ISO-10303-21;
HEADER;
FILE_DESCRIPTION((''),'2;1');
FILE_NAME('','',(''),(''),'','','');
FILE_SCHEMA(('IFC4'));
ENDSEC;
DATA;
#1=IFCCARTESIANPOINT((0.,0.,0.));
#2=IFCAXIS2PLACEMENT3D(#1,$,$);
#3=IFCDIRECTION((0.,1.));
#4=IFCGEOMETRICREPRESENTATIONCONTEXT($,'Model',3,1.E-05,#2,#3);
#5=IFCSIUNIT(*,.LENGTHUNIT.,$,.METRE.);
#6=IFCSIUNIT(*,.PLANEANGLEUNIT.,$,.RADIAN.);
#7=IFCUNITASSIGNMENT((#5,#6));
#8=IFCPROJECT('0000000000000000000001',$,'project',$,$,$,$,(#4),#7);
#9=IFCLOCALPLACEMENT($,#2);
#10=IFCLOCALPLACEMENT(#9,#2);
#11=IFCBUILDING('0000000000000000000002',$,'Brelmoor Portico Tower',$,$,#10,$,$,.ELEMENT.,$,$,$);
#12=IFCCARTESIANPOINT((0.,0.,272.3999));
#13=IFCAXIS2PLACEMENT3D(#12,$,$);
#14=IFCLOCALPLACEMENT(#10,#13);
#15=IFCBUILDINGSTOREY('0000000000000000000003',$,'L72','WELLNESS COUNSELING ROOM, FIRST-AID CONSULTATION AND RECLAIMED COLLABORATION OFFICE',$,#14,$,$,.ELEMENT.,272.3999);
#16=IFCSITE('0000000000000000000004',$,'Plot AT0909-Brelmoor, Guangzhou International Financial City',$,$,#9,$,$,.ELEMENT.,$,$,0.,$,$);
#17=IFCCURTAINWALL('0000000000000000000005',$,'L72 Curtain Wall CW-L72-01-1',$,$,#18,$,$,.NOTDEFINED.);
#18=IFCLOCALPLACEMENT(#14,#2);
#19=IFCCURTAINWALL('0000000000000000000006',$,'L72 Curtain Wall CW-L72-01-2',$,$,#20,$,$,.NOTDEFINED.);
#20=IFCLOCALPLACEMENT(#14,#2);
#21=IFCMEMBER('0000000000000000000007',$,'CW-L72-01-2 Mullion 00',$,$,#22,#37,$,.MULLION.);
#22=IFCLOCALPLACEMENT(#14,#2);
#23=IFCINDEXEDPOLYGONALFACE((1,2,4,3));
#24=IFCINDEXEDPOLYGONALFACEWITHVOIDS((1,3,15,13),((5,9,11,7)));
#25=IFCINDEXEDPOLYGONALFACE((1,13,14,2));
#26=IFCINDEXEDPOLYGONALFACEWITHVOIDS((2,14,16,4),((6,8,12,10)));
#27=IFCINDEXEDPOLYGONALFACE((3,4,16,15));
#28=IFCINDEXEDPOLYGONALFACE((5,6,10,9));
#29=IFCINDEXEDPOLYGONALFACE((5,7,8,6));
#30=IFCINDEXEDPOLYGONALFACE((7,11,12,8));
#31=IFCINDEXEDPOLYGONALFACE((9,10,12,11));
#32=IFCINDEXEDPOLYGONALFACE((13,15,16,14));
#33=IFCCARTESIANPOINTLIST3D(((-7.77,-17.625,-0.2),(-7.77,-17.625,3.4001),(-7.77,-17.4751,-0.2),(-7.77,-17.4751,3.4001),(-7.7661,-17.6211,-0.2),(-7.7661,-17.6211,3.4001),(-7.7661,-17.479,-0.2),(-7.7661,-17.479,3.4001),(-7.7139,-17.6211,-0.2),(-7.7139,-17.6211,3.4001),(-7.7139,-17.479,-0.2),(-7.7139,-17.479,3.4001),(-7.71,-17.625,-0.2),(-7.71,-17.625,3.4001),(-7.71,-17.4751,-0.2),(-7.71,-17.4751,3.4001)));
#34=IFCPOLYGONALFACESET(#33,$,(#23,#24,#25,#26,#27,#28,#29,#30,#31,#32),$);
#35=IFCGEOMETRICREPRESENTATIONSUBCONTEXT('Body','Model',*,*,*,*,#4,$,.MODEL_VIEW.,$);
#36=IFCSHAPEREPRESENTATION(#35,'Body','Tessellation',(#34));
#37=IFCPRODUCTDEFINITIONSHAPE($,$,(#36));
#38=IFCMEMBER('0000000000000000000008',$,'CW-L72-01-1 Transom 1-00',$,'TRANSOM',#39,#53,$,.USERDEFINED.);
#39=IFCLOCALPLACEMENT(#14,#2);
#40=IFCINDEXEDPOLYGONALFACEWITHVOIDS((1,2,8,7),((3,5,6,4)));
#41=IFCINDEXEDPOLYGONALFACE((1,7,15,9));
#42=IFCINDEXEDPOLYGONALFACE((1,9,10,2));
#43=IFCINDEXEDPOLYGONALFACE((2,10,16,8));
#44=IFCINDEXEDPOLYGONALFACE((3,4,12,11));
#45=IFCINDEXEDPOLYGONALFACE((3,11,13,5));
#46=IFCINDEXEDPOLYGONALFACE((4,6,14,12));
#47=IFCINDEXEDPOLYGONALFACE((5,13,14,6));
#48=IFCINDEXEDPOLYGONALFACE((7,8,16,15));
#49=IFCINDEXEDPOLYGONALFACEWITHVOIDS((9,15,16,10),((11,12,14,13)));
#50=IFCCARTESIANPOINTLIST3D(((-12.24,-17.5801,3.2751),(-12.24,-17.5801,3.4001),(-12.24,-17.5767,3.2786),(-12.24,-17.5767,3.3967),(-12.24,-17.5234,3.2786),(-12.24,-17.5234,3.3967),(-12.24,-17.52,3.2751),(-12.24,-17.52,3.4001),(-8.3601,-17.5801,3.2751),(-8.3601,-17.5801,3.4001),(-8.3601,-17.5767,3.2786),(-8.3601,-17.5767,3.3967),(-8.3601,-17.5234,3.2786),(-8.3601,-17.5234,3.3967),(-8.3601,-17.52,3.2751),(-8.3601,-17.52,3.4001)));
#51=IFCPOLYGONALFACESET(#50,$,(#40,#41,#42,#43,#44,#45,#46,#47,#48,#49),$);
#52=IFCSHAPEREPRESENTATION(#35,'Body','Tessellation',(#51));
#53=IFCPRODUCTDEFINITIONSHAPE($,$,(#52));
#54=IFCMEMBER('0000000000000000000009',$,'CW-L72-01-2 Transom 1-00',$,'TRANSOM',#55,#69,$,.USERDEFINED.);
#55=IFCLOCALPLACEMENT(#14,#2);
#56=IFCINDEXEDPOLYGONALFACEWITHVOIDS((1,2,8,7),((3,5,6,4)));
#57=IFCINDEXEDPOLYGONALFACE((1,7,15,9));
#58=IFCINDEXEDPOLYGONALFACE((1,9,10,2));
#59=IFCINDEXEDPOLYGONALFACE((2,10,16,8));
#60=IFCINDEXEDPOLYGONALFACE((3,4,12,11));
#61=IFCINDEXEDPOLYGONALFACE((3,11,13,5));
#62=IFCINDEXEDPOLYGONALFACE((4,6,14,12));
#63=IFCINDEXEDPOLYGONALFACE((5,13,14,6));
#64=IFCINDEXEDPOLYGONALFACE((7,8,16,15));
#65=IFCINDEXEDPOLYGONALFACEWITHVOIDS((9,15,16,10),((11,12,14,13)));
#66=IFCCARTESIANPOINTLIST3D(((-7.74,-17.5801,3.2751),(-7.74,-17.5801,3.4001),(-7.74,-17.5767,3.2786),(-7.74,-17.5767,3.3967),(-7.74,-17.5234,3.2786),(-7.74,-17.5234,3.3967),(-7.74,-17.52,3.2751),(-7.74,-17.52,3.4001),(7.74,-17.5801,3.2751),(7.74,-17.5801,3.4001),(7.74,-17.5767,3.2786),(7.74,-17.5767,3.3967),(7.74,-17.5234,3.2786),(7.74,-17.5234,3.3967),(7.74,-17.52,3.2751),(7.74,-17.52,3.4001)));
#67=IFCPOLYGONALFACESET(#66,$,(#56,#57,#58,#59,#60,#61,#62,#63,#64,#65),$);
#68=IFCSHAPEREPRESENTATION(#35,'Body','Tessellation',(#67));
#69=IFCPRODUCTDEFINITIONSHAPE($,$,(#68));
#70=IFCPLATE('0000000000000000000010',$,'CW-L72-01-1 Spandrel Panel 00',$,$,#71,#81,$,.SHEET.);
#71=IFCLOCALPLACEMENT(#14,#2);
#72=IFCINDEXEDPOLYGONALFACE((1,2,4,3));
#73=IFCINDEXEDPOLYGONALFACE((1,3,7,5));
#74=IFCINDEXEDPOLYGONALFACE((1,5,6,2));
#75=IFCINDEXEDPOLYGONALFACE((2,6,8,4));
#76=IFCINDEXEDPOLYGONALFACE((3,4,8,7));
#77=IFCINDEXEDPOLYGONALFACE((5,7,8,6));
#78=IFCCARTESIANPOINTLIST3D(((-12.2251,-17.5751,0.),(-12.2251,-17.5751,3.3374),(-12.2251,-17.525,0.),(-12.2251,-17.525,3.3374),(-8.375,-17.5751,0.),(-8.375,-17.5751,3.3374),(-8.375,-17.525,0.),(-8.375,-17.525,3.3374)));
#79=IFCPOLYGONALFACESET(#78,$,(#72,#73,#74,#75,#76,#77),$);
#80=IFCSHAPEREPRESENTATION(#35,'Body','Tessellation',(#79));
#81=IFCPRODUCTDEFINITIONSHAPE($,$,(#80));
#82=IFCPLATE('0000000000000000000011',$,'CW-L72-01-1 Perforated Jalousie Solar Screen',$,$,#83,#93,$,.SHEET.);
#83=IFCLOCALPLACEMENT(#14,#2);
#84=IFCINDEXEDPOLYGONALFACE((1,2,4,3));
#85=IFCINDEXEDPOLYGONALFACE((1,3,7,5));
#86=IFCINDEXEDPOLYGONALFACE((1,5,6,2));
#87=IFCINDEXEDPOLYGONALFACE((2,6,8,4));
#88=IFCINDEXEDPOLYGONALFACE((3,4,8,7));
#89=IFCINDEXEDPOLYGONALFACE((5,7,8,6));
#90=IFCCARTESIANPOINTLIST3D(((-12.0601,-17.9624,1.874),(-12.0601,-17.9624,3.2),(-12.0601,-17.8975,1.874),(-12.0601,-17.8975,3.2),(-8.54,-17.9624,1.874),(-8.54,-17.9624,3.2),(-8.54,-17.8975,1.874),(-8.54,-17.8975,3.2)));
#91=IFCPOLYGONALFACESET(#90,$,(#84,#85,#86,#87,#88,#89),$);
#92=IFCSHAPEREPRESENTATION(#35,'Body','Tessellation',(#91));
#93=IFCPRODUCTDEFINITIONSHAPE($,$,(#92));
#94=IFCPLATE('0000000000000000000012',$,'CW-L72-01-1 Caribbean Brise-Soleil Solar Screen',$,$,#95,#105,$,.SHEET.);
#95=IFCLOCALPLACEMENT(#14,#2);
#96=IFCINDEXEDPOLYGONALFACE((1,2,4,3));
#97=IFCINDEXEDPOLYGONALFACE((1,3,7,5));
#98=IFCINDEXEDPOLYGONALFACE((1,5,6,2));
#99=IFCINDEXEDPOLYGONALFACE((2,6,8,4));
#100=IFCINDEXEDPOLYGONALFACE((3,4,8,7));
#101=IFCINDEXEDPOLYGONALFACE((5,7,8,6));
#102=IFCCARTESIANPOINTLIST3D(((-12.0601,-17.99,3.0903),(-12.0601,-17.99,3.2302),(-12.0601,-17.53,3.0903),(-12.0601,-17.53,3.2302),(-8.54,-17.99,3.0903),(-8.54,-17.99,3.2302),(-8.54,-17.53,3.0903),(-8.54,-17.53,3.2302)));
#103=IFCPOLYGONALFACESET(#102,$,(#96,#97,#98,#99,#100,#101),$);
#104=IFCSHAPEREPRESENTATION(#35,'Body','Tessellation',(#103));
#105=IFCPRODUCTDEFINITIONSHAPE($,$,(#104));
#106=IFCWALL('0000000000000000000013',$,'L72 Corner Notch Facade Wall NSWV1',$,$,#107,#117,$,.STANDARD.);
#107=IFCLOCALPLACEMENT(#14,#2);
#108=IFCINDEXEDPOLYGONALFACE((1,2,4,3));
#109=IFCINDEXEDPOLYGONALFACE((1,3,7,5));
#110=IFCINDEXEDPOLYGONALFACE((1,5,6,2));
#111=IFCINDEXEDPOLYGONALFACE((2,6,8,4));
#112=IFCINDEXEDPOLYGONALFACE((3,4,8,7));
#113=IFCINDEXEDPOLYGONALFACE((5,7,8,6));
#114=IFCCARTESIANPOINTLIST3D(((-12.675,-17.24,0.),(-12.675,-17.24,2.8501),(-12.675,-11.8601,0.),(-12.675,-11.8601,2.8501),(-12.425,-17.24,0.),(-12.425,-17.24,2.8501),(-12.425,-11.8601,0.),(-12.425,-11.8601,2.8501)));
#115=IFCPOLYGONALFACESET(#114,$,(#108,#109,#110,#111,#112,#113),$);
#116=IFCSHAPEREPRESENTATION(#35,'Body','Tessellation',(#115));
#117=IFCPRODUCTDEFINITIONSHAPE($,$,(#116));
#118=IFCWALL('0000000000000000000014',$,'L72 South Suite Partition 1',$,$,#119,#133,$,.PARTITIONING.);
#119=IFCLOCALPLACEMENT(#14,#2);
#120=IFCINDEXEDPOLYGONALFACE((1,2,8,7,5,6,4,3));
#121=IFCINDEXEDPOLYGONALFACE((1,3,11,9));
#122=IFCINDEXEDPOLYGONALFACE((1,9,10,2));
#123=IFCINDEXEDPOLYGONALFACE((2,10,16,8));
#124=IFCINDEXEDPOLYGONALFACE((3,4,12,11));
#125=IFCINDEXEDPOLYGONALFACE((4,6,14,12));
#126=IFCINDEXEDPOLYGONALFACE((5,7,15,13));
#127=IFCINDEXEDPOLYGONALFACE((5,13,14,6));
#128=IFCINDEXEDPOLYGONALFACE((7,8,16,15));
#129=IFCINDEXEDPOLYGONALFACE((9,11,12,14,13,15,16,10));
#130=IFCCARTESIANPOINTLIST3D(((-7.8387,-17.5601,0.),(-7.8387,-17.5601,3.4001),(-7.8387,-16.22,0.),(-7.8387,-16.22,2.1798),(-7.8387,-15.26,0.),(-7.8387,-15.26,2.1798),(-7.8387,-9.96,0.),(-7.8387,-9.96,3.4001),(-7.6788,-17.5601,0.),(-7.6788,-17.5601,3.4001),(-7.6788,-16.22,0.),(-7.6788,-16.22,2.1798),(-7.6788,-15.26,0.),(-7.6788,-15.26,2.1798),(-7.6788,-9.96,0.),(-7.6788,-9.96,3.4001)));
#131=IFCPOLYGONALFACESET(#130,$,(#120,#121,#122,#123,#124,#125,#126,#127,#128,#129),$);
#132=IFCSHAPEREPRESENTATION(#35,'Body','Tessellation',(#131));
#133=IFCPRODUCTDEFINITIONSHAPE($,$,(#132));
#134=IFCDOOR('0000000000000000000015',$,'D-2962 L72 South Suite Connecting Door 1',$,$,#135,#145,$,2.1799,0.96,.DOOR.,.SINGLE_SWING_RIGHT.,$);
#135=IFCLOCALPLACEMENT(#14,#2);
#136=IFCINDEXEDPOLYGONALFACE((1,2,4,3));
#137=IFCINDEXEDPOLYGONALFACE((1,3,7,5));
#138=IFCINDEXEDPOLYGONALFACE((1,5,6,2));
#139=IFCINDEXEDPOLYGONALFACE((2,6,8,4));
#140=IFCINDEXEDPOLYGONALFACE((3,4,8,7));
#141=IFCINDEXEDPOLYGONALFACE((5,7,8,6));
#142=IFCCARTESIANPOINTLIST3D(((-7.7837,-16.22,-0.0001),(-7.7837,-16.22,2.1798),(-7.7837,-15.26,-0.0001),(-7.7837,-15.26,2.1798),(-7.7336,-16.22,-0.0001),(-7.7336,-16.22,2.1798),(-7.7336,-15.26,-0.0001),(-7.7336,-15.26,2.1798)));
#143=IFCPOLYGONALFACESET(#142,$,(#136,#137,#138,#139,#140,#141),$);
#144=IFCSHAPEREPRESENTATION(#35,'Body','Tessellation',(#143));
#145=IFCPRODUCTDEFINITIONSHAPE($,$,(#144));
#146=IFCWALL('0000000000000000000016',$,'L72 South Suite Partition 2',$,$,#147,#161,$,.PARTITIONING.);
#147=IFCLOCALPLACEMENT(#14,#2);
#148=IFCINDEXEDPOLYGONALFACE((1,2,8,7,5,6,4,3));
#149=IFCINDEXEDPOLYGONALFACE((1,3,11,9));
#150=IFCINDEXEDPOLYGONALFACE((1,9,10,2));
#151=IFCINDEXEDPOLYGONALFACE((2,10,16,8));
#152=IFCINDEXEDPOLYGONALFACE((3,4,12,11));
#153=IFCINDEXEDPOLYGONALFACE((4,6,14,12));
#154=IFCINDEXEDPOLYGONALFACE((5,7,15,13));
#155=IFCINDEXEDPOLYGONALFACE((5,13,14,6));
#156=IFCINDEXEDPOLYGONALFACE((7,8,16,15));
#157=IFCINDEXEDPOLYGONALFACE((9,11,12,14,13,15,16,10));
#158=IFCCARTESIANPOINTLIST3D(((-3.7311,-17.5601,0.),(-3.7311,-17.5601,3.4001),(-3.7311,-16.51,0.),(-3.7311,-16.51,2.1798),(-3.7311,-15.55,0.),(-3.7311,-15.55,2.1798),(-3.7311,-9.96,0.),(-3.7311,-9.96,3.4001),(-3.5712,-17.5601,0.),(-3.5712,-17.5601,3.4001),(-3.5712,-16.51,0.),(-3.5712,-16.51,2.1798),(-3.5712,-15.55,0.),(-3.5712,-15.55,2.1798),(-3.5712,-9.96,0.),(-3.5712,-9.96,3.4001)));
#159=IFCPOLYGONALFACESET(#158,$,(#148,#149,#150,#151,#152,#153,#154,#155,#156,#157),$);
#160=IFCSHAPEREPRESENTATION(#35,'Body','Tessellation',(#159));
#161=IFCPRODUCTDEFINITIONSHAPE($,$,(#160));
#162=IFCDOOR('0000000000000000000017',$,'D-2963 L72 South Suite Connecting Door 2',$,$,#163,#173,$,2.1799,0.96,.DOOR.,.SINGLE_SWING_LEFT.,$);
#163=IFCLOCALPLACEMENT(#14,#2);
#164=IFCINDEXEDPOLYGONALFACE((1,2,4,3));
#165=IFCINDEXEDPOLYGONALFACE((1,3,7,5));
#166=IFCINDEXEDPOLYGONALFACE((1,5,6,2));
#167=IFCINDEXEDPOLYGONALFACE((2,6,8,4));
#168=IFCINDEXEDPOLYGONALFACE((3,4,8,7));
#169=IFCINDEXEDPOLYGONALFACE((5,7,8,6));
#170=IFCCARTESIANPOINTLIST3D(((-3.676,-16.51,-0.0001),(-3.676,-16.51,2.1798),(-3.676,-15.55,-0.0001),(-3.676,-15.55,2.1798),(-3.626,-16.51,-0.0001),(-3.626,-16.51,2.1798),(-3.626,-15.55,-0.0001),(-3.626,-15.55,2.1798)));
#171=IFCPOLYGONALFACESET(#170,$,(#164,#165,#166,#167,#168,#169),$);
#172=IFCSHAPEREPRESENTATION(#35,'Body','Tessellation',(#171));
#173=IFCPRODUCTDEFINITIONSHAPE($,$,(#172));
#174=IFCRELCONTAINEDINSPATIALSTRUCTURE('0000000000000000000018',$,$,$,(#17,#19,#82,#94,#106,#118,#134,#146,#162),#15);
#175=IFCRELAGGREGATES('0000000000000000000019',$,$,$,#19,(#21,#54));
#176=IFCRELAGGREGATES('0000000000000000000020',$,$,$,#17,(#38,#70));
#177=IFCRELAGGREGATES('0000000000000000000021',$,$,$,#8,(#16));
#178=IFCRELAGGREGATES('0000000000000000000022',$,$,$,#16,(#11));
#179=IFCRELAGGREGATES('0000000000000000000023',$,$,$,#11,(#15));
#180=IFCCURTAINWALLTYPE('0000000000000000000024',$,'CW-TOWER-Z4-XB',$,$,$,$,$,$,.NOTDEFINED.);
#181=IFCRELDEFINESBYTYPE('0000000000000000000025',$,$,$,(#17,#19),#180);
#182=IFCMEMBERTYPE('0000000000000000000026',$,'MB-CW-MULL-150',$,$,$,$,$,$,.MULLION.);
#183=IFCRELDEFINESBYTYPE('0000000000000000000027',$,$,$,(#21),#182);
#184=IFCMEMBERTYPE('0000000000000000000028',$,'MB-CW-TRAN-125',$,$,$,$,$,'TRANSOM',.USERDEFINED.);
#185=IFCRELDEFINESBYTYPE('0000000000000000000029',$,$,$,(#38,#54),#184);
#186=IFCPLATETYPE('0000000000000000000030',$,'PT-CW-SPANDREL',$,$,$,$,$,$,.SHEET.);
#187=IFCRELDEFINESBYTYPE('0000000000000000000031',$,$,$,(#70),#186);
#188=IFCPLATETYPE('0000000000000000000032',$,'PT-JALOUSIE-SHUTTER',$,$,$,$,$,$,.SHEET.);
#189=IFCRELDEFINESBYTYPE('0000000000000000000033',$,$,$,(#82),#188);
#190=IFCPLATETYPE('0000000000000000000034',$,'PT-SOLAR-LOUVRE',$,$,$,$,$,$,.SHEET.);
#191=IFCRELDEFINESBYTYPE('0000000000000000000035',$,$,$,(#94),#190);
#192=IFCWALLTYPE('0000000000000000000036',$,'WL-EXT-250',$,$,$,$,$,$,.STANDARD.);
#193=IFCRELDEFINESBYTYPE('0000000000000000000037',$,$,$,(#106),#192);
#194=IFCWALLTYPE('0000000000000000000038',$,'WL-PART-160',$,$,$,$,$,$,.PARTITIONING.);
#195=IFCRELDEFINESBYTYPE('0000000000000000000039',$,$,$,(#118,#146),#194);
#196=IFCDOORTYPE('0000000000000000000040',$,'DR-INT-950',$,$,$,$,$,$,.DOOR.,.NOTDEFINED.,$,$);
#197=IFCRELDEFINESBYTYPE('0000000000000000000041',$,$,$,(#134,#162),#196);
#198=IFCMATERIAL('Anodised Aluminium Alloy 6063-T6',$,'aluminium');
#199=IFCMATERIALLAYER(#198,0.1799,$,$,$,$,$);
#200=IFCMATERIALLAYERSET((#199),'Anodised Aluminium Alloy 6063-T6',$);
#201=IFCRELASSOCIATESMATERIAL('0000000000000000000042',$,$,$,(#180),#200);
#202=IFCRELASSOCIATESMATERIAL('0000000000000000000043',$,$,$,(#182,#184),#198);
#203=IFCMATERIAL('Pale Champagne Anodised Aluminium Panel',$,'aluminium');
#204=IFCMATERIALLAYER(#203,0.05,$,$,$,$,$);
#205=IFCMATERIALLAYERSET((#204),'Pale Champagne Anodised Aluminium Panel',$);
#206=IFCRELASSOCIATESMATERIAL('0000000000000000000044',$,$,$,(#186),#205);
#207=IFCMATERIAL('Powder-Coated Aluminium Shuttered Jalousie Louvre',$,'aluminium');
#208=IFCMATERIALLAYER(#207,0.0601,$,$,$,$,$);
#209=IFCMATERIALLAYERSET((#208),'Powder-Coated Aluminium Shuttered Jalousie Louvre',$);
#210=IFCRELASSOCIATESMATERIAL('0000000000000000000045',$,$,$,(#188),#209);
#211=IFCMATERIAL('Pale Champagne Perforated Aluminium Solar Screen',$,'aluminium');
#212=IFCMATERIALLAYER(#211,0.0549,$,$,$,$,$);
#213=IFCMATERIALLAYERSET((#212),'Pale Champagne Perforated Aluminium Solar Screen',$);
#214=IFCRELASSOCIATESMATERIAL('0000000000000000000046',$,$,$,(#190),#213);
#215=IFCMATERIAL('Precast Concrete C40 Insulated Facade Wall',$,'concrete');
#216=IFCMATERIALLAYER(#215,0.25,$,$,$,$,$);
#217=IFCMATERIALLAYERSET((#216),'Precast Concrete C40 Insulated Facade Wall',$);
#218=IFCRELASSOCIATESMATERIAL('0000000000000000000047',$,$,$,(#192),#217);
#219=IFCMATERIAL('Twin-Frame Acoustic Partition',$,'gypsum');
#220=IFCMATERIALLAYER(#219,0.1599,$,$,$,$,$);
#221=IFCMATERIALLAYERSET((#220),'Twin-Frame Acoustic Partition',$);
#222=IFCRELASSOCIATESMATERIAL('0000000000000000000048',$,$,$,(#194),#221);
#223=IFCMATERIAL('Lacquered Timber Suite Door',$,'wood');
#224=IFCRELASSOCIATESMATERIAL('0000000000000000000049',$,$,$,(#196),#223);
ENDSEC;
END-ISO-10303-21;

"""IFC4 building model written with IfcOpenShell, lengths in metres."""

from ifc_helpers import new_model, si_unit, direction, frame, frame_2d, origin, origin_2d, place, context, subcontext, project, spatial, rectangle, hollow_rectangle, extrude, material, layer, layer_set, material_profile, profile_set, type_object, element, fill, aggregate, save


model = new_model("IFC4")

# Units and contexts
model_context = context("Model", 3, precision=1e-05, world=origin(), true_north=direction((0.0, 1.0)))
body_context = subcontext(model_context, "Body", "Model", "MODEL_VIEW")
ifc_project = project(units=[si_unit("LENGTHUNIT", "METRE"), si_unit("PLANEANGLEUNIT", "RADIAN")], contexts=[model_context])

# Site, building, storey
site_placement = place(None, origin())
site = spatial("IfcSite", under=ifc_project, at=site_placement, Name="Plot AT0909-Brelmoor, Guangzhou International Financial City", CompositionType="ELEMENT", RefElevation=0.0)
building_placement = place(site_placement, origin())
building = spatial("IfcBuilding", under=site, at=building_placement, Name="Brelmoor Portico Tower", CompositionType="ELEMENT")
storey_placement = place(building_placement, frame((0.0, 0.0, 272.3999)))
storey = spatial("IfcBuildingStorey", under=building, at=storey_placement, Name="L72", Description="WELLNESS COUNSELING ROOM, FIRST-AID CONSULTATION AND RECLAIMED COLLABORATION OFFICE", CompositionType="ELEMENT", Elevation=272.3999)

# Curtain wall
ifc_material_1 = material(Name="Anodised Aluminium Alloy 6063-T6", Category="aluminium")
ifc_layer_1 = layer(ifc_material_1, 0.1799)
ifc_layer_set_1 = layer_set([ifc_layer_1], Name="Anodised Aluminium Alloy 6063-T6")
curtain_wall_type = type_object("IfcCurtainWallType", Name="CW-TOWER-Z4-XB", PredefinedType="NOTDEFINED", material=ifc_layer_set_1)
curtain_wall_1_placement = place(storey_placement, origin())
curtain_wall_1 = element("IfcCurtainWall", 1, at=curtain_wall_1_placement, inside=storey, type_object=curtain_wall_type, Name="L72 Curtain Wall CW-L72-01-1", PredefinedType="NOTDEFINED")
ifc_material_profile_1 = material_profile(ifc_material_1, hollow_rectangle(XDim=0.0601, YDim=0.1499, WallThickness=0.0039, at=origin_2d()), Name="ALU MULLION 60x150")
ifc_profile_set_1 = profile_set([ifc_material_profile_1], Name="Anodised Aluminium Alloy 6063-T6")
member_type_1 = type_object("IfcMemberType", Name="MB-CW-MULL-150", PredefinedType="MULLION", material=ifc_profile_set_1)

# Curtain wall, member
curtain_wall_2_placement = place(storey_placement, origin())
curtain_wall_2 = element("IfcCurtainWall", 2, at=curtain_wall_2_placement, inside=storey, type_object=curtain_wall_type, Name="L72 Curtain Wall CW-L72-01-2", PredefinedType="NOTDEFINED")
member_1_placement = place(storey_placement, frame((-7.74, -17.55, -0.2), z_axis=(0.0, 0.0, 1.0), x_axis=(1.0, 0.0, 0.0)))
member_1 = element("IfcMember", 3, at=member_1_placement, type_object=member_type_1, Name="CW-L72-01-2 Mullion 00", PredefinedType="MULLION", context=body_context, shape_type="SweptSolid", body=[
    extrude(hollow_rectangle(XDim=0.0601, YDim=0.1499, WallThickness=0.0039, at=origin_2d()), origin(), (0.0, 0.0, 1.0), 3.6001),
])

# Members
ifc_material_profile_2 = material_profile(ifc_material_1, hollow_rectangle(XDim=0.0601, YDim=0.125, WallThickness=0.0034, at=origin_2d()), Name="ALU TRANSOM 60x125")
ifc_profile_set_2 = profile_set([ifc_material_profile_2], Name="Anodised Aluminium Alloy 6063-T6")
member_type_2 = type_object("IfcMemberType", Name="MB-CW-TRAN-125", ElementType="TRANSOM", PredefinedType="USERDEFINED", material=ifc_profile_set_2)
member_2_placement = place(storey_placement, frame((-12.24, -17.55, 3.3376), z_axis=(1.0, 0.0, 0.0), x_axis=(0.0, 1.0, 0.0)))
member_2 = element("IfcMember", 4, at=member_2_placement, type_object=member_type_2, Name="CW-L72-01-1 Transom 1-00", ObjectType="TRANSOM", PredefinedType="USERDEFINED", context=body_context, shape_type="SweptSolid", body=[
    extrude(hollow_rectangle(XDim=0.0601, YDim=0.125, WallThickness=0.0034, at=origin_2d()), origin(), (0.0, 0.0, 1.0), 3.8799),
])
member_3_placement = place(storey_placement, frame((-7.74, -17.55, 3.3376), z_axis=(1.0, 0.0, 0.0), x_axis=(0.0, 1.0, 0.0)))
member_3 = element("IfcMember", 5, at=member_3_placement, type_object=member_type_2, Name="CW-L72-01-2 Transom 1-00", ObjectType="TRANSOM", PredefinedType="USERDEFINED", context=body_context, shape_type="SweptSolid", body=[
    extrude(hollow_rectangle(XDim=0.0601, YDim=0.125, WallThickness=0.0034, at=origin_2d()), origin(), (0.0, 0.0, 1.0), 15.48),
])
aggregate(curtain_wall_2, [member_1, member_3])

# Plate
ifc_material_2 = material(Name="Pale Champagne Anodised Aluminium Panel", Category="aluminium")
ifc_layer_2 = layer(ifc_material_2, 0.05)
ifc_layer_set_2 = layer_set([ifc_layer_2], Name="Pale Champagne Anodised Aluminium Panel")
plate_type_1 = type_object("IfcPlateType", Name="PT-CW-SPANDREL", PredefinedType="SHEET", material=ifc_layer_set_2)
plate_1_placement = place(storey_placement, frame((-10.3, -17.55, 0.0), z_axis=(0.0, 0.0, 1.0), x_axis=(1.0, 0.0, 0.0)))
plate_1 = element("IfcPlate", 6, at=plate_1_placement, type_object=plate_type_1, Name="CW-L72-01-1 Spandrel Panel 00", PredefinedType="SHEET", context=body_context, shape_type="SweptSolid", body=[
    extrude(rectangle(XDim=3.8501, YDim=0.05, at=origin_2d()), origin(), (0.0, 0.0, 1.0), 3.3374),
])
aggregate(curtain_wall_1, [member_2, plate_1])

# Plates
ifc_material_3 = material(Name="Powder-Coated Aluminium Shuttered Jalousie Louvre", Category="aluminium")
ifc_layer_3 = layer(ifc_material_3, 0.0601)
ifc_layer_set_3 = layer_set([ifc_layer_3], Name="Powder-Coated Aluminium Shuttered Jalousie Louvre")
plate_type_2 = type_object("IfcPlateType", Name="PT-JALOUSIE-SHUTTER", PredefinedType="SHEET", material=ifc_layer_set_3)
plate_2_placement = place(storey_placement, frame((-10.3, -17.9299, 1.874), z_axis=(0.0, 0.0, 1.0), x_axis=(1.0, 0.0, 0.0)))
element("IfcPlate", 7, at=plate_2_placement, inside=storey, type_object=plate_type_2, Name="CW-L72-01-1 Perforated Jalousie Solar Screen", PredefinedType="SHEET", context=body_context, shape_type="SweptSolid", body=[
    extrude(rectangle(XDim=3.52, YDim=0.0649, at=origin_2d()), origin(), (0.0, 0.0, 1.0), 1.3259),
])
ifc_material_4 = material(Name="Pale Champagne Perforated Aluminium Solar Screen", Category="aluminium")
ifc_layer_4 = layer(ifc_material_4, 0.0549)
ifc_layer_set_4 = layer_set([ifc_layer_4], Name="Pale Champagne Perforated Aluminium Solar Screen")
plate_type_3 = type_object("IfcPlateType", Name="PT-SOLAR-LOUVRE", PredefinedType="SHEET", material=ifc_layer_set_4)
plate_3_placement = place(storey_placement, frame((-10.3, -17.76, 3.0903), z_axis=(0.0, 0.0, 1.0), x_axis=(1.0, 0.0, 0.0)))
element("IfcPlate", 8, at=plate_3_placement, inside=storey, type_object=plate_type_3, Name="CW-L72-01-1 Caribbean Brise-Soleil Solar Screen", PredefinedType="SHEET", context=body_context, shape_type="SweptSolid", body=[
    extrude(rectangle(XDim=3.52, YDim=0.46, at=origin_2d()), origin(), (0.0, 0.0, 1.0), 0.1399),
])

# Wall
ifc_material_5 = material(Name="Precast Concrete C40 Insulated Facade Wall", Category="concrete")
ifc_layer_5 = layer(ifc_material_5, 0.25)
ifc_layer_set_5 = layer_set([ifc_layer_5], Name="Precast Concrete C40 Insulated Facade Wall")
wall_type_1 = type_object("IfcWallType", Name="WL-EXT-250", PredefinedType="STANDARD", material=ifc_layer_set_5)
wall_1_placement = place(storey_placement, frame((-12.55, -17.24, 0.0), z_axis=(0.0, 0.0, 1.0), x_axis=(0.0, 1.0, 0.0)))
element("IfcWall", 9, at=wall_1_placement, inside=storey, type_object=wall_type_1, Name="L72 Corner Notch Facade Wall NSWV1", PredefinedType="STANDARD", context=body_context, shape_type="SweptSolid", body=[
    extrude(rectangle(XDim=5.3799, YDim=0.25, at=frame_2d((2.6899, 0.0))), origin(), (0.0, 0.0, 1.0), 2.8501),
])

# Walls, openings, doors
ifc_material_6 = material(Name="Twin-Frame Acoustic Partition", Category="gypsum")
ifc_layer_6 = layer(ifc_material_6, 0.1599)
ifc_layer_set_6 = layer_set([ifc_layer_6], Name="Twin-Frame Acoustic Partition")
wall_type_2 = type_object("IfcWallType", Name="WL-PART-160", PredefinedType="PARTITIONING", material=ifc_layer_set_6)
wall_2_placement = place(storey_placement, frame((-7.7588, -17.5601, 0.0), z_axis=(0.0, 0.0, 1.0), x_axis=(0.0, 1.0, 0.0)))
wall_2 = element("IfcWall", 10, at=wall_2_placement, inside=storey, type_object=wall_type_2, Name="L72 South Suite Partition 1", PredefinedType="PARTITIONING", context=body_context, shape_type="SweptSolid", body=[
    extrude(rectangle(XDim=7.6001, YDim=0.1599, at=frame_2d((3.8, 0.0))), origin(), (0.0, 0.0, 1.0), 3.4001),
])
opening_1_placement = place(wall_2_placement, frame((1.3401, 0.0, 0.0)))
opening_1 = element("IfcOpeningElement", 11, at=opening_1_placement, cuts=wall_2, PredefinedType="OPENING", context=body_context, shape_type="SweptSolid", body=[
    extrude(rectangle(XDim=0.96, YDim=2.1799, at=frame_2d((0.48, 1.0898))), frame((0.0, 0.0898, 0.0), z_axis=(0.0, -1.0, 0.0), x_axis=(1.0, 0.0, 0.0)), (0.0, 0.0, 1.0), 0.1799),
])
ifc_material_7 = material(Name="Lacquered Timber Suite Door", Category="wood")
door_type = type_object("IfcDoorType", Name="DR-INT-950", OperationType="NOTDEFINED", PredefinedType="DOOR", material=ifc_material_7)
door_1_placement = place(opening_1_placement, origin())
door_1 = element("IfcDoor", 12, at=door_1_placement, inside=storey, type_object=door_type, Name="D-2962 L72 South Suite Connecting Door 1", OperationType="SINGLE_SWING_RIGHT", OverallHeight=2.1799, OverallWidth=0.96, PredefinedType="DOOR", context=body_context, shape_type="SweptSolid", body=[
    extrude(rectangle(XDim=0.96, YDim=2.1799, at=frame_2d((0.48, 1.0898))), frame((0.0, 0.0249, 0.0), z_axis=(0.0, -1.0, 0.0), x_axis=(1.0, 0.0, 0.0)), (0.0, 0.0, 1.0), 0.05),
])
fill(opening_1, door_1)
wall_3_placement = place(storey_placement, frame((-3.6511, -17.5601, 0.0), z_axis=(0.0, 0.0, 1.0), x_axis=(0.0, 1.0, 0.0)))
wall_3 = element("IfcWall", 13, at=wall_3_placement, inside=storey, type_object=wall_type_2, Name="L72 South Suite Partition 2", PredefinedType="PARTITIONING", context=body_context, shape_type="SweptSolid", body=[
    extrude(rectangle(XDim=7.6001, YDim=0.1599, at=frame_2d((3.8, 0.0))), origin(), (0.0, 0.0, 1.0), 3.4001),
])
opening_2_placement = place(wall_3_placement, frame((1.05, 0.0, 0.0)))
opening_2 = element("IfcOpeningElement", 14, at=opening_2_placement, cuts=wall_3, PredefinedType="OPENING", context=body_context, shape_type="SweptSolid", body=[
    extrude(rectangle(XDim=0.96, YDim=2.1799, at=frame_2d((0.48, 1.0898))), frame((0.0, 0.0898, 0.0), z_axis=(0.0, -1.0, 0.0), x_axis=(1.0, 0.0, 0.0)), (0.0, 0.0, 1.0), 0.1799),
])
door_2_placement = place(opening_2_placement, origin())
door_2 = element("IfcDoor", 15, at=door_2_placement, inside=storey, type_object=door_type, Name="D-2963 L72 South Suite Connecting Door 2", OperationType="SINGLE_SWING_LEFT", OverallHeight=2.1799, OverallWidth=0.96, PredefinedType="DOOR", context=body_context, shape_type="SweptSolid", body=[
    extrude(rectangle(XDim=0.96, YDim=2.1799, at=frame_2d((0.48, 1.0898))), frame((0.0, 0.0249, 0.0), z_axis=(0.0, -1.0, 0.0), x_axis=(1.0, 0.0, 0.0)), (0.0, 0.0, 1.0), 0.05),
])
fill(opening_2, door_2)

save(model, "model.ifc")
